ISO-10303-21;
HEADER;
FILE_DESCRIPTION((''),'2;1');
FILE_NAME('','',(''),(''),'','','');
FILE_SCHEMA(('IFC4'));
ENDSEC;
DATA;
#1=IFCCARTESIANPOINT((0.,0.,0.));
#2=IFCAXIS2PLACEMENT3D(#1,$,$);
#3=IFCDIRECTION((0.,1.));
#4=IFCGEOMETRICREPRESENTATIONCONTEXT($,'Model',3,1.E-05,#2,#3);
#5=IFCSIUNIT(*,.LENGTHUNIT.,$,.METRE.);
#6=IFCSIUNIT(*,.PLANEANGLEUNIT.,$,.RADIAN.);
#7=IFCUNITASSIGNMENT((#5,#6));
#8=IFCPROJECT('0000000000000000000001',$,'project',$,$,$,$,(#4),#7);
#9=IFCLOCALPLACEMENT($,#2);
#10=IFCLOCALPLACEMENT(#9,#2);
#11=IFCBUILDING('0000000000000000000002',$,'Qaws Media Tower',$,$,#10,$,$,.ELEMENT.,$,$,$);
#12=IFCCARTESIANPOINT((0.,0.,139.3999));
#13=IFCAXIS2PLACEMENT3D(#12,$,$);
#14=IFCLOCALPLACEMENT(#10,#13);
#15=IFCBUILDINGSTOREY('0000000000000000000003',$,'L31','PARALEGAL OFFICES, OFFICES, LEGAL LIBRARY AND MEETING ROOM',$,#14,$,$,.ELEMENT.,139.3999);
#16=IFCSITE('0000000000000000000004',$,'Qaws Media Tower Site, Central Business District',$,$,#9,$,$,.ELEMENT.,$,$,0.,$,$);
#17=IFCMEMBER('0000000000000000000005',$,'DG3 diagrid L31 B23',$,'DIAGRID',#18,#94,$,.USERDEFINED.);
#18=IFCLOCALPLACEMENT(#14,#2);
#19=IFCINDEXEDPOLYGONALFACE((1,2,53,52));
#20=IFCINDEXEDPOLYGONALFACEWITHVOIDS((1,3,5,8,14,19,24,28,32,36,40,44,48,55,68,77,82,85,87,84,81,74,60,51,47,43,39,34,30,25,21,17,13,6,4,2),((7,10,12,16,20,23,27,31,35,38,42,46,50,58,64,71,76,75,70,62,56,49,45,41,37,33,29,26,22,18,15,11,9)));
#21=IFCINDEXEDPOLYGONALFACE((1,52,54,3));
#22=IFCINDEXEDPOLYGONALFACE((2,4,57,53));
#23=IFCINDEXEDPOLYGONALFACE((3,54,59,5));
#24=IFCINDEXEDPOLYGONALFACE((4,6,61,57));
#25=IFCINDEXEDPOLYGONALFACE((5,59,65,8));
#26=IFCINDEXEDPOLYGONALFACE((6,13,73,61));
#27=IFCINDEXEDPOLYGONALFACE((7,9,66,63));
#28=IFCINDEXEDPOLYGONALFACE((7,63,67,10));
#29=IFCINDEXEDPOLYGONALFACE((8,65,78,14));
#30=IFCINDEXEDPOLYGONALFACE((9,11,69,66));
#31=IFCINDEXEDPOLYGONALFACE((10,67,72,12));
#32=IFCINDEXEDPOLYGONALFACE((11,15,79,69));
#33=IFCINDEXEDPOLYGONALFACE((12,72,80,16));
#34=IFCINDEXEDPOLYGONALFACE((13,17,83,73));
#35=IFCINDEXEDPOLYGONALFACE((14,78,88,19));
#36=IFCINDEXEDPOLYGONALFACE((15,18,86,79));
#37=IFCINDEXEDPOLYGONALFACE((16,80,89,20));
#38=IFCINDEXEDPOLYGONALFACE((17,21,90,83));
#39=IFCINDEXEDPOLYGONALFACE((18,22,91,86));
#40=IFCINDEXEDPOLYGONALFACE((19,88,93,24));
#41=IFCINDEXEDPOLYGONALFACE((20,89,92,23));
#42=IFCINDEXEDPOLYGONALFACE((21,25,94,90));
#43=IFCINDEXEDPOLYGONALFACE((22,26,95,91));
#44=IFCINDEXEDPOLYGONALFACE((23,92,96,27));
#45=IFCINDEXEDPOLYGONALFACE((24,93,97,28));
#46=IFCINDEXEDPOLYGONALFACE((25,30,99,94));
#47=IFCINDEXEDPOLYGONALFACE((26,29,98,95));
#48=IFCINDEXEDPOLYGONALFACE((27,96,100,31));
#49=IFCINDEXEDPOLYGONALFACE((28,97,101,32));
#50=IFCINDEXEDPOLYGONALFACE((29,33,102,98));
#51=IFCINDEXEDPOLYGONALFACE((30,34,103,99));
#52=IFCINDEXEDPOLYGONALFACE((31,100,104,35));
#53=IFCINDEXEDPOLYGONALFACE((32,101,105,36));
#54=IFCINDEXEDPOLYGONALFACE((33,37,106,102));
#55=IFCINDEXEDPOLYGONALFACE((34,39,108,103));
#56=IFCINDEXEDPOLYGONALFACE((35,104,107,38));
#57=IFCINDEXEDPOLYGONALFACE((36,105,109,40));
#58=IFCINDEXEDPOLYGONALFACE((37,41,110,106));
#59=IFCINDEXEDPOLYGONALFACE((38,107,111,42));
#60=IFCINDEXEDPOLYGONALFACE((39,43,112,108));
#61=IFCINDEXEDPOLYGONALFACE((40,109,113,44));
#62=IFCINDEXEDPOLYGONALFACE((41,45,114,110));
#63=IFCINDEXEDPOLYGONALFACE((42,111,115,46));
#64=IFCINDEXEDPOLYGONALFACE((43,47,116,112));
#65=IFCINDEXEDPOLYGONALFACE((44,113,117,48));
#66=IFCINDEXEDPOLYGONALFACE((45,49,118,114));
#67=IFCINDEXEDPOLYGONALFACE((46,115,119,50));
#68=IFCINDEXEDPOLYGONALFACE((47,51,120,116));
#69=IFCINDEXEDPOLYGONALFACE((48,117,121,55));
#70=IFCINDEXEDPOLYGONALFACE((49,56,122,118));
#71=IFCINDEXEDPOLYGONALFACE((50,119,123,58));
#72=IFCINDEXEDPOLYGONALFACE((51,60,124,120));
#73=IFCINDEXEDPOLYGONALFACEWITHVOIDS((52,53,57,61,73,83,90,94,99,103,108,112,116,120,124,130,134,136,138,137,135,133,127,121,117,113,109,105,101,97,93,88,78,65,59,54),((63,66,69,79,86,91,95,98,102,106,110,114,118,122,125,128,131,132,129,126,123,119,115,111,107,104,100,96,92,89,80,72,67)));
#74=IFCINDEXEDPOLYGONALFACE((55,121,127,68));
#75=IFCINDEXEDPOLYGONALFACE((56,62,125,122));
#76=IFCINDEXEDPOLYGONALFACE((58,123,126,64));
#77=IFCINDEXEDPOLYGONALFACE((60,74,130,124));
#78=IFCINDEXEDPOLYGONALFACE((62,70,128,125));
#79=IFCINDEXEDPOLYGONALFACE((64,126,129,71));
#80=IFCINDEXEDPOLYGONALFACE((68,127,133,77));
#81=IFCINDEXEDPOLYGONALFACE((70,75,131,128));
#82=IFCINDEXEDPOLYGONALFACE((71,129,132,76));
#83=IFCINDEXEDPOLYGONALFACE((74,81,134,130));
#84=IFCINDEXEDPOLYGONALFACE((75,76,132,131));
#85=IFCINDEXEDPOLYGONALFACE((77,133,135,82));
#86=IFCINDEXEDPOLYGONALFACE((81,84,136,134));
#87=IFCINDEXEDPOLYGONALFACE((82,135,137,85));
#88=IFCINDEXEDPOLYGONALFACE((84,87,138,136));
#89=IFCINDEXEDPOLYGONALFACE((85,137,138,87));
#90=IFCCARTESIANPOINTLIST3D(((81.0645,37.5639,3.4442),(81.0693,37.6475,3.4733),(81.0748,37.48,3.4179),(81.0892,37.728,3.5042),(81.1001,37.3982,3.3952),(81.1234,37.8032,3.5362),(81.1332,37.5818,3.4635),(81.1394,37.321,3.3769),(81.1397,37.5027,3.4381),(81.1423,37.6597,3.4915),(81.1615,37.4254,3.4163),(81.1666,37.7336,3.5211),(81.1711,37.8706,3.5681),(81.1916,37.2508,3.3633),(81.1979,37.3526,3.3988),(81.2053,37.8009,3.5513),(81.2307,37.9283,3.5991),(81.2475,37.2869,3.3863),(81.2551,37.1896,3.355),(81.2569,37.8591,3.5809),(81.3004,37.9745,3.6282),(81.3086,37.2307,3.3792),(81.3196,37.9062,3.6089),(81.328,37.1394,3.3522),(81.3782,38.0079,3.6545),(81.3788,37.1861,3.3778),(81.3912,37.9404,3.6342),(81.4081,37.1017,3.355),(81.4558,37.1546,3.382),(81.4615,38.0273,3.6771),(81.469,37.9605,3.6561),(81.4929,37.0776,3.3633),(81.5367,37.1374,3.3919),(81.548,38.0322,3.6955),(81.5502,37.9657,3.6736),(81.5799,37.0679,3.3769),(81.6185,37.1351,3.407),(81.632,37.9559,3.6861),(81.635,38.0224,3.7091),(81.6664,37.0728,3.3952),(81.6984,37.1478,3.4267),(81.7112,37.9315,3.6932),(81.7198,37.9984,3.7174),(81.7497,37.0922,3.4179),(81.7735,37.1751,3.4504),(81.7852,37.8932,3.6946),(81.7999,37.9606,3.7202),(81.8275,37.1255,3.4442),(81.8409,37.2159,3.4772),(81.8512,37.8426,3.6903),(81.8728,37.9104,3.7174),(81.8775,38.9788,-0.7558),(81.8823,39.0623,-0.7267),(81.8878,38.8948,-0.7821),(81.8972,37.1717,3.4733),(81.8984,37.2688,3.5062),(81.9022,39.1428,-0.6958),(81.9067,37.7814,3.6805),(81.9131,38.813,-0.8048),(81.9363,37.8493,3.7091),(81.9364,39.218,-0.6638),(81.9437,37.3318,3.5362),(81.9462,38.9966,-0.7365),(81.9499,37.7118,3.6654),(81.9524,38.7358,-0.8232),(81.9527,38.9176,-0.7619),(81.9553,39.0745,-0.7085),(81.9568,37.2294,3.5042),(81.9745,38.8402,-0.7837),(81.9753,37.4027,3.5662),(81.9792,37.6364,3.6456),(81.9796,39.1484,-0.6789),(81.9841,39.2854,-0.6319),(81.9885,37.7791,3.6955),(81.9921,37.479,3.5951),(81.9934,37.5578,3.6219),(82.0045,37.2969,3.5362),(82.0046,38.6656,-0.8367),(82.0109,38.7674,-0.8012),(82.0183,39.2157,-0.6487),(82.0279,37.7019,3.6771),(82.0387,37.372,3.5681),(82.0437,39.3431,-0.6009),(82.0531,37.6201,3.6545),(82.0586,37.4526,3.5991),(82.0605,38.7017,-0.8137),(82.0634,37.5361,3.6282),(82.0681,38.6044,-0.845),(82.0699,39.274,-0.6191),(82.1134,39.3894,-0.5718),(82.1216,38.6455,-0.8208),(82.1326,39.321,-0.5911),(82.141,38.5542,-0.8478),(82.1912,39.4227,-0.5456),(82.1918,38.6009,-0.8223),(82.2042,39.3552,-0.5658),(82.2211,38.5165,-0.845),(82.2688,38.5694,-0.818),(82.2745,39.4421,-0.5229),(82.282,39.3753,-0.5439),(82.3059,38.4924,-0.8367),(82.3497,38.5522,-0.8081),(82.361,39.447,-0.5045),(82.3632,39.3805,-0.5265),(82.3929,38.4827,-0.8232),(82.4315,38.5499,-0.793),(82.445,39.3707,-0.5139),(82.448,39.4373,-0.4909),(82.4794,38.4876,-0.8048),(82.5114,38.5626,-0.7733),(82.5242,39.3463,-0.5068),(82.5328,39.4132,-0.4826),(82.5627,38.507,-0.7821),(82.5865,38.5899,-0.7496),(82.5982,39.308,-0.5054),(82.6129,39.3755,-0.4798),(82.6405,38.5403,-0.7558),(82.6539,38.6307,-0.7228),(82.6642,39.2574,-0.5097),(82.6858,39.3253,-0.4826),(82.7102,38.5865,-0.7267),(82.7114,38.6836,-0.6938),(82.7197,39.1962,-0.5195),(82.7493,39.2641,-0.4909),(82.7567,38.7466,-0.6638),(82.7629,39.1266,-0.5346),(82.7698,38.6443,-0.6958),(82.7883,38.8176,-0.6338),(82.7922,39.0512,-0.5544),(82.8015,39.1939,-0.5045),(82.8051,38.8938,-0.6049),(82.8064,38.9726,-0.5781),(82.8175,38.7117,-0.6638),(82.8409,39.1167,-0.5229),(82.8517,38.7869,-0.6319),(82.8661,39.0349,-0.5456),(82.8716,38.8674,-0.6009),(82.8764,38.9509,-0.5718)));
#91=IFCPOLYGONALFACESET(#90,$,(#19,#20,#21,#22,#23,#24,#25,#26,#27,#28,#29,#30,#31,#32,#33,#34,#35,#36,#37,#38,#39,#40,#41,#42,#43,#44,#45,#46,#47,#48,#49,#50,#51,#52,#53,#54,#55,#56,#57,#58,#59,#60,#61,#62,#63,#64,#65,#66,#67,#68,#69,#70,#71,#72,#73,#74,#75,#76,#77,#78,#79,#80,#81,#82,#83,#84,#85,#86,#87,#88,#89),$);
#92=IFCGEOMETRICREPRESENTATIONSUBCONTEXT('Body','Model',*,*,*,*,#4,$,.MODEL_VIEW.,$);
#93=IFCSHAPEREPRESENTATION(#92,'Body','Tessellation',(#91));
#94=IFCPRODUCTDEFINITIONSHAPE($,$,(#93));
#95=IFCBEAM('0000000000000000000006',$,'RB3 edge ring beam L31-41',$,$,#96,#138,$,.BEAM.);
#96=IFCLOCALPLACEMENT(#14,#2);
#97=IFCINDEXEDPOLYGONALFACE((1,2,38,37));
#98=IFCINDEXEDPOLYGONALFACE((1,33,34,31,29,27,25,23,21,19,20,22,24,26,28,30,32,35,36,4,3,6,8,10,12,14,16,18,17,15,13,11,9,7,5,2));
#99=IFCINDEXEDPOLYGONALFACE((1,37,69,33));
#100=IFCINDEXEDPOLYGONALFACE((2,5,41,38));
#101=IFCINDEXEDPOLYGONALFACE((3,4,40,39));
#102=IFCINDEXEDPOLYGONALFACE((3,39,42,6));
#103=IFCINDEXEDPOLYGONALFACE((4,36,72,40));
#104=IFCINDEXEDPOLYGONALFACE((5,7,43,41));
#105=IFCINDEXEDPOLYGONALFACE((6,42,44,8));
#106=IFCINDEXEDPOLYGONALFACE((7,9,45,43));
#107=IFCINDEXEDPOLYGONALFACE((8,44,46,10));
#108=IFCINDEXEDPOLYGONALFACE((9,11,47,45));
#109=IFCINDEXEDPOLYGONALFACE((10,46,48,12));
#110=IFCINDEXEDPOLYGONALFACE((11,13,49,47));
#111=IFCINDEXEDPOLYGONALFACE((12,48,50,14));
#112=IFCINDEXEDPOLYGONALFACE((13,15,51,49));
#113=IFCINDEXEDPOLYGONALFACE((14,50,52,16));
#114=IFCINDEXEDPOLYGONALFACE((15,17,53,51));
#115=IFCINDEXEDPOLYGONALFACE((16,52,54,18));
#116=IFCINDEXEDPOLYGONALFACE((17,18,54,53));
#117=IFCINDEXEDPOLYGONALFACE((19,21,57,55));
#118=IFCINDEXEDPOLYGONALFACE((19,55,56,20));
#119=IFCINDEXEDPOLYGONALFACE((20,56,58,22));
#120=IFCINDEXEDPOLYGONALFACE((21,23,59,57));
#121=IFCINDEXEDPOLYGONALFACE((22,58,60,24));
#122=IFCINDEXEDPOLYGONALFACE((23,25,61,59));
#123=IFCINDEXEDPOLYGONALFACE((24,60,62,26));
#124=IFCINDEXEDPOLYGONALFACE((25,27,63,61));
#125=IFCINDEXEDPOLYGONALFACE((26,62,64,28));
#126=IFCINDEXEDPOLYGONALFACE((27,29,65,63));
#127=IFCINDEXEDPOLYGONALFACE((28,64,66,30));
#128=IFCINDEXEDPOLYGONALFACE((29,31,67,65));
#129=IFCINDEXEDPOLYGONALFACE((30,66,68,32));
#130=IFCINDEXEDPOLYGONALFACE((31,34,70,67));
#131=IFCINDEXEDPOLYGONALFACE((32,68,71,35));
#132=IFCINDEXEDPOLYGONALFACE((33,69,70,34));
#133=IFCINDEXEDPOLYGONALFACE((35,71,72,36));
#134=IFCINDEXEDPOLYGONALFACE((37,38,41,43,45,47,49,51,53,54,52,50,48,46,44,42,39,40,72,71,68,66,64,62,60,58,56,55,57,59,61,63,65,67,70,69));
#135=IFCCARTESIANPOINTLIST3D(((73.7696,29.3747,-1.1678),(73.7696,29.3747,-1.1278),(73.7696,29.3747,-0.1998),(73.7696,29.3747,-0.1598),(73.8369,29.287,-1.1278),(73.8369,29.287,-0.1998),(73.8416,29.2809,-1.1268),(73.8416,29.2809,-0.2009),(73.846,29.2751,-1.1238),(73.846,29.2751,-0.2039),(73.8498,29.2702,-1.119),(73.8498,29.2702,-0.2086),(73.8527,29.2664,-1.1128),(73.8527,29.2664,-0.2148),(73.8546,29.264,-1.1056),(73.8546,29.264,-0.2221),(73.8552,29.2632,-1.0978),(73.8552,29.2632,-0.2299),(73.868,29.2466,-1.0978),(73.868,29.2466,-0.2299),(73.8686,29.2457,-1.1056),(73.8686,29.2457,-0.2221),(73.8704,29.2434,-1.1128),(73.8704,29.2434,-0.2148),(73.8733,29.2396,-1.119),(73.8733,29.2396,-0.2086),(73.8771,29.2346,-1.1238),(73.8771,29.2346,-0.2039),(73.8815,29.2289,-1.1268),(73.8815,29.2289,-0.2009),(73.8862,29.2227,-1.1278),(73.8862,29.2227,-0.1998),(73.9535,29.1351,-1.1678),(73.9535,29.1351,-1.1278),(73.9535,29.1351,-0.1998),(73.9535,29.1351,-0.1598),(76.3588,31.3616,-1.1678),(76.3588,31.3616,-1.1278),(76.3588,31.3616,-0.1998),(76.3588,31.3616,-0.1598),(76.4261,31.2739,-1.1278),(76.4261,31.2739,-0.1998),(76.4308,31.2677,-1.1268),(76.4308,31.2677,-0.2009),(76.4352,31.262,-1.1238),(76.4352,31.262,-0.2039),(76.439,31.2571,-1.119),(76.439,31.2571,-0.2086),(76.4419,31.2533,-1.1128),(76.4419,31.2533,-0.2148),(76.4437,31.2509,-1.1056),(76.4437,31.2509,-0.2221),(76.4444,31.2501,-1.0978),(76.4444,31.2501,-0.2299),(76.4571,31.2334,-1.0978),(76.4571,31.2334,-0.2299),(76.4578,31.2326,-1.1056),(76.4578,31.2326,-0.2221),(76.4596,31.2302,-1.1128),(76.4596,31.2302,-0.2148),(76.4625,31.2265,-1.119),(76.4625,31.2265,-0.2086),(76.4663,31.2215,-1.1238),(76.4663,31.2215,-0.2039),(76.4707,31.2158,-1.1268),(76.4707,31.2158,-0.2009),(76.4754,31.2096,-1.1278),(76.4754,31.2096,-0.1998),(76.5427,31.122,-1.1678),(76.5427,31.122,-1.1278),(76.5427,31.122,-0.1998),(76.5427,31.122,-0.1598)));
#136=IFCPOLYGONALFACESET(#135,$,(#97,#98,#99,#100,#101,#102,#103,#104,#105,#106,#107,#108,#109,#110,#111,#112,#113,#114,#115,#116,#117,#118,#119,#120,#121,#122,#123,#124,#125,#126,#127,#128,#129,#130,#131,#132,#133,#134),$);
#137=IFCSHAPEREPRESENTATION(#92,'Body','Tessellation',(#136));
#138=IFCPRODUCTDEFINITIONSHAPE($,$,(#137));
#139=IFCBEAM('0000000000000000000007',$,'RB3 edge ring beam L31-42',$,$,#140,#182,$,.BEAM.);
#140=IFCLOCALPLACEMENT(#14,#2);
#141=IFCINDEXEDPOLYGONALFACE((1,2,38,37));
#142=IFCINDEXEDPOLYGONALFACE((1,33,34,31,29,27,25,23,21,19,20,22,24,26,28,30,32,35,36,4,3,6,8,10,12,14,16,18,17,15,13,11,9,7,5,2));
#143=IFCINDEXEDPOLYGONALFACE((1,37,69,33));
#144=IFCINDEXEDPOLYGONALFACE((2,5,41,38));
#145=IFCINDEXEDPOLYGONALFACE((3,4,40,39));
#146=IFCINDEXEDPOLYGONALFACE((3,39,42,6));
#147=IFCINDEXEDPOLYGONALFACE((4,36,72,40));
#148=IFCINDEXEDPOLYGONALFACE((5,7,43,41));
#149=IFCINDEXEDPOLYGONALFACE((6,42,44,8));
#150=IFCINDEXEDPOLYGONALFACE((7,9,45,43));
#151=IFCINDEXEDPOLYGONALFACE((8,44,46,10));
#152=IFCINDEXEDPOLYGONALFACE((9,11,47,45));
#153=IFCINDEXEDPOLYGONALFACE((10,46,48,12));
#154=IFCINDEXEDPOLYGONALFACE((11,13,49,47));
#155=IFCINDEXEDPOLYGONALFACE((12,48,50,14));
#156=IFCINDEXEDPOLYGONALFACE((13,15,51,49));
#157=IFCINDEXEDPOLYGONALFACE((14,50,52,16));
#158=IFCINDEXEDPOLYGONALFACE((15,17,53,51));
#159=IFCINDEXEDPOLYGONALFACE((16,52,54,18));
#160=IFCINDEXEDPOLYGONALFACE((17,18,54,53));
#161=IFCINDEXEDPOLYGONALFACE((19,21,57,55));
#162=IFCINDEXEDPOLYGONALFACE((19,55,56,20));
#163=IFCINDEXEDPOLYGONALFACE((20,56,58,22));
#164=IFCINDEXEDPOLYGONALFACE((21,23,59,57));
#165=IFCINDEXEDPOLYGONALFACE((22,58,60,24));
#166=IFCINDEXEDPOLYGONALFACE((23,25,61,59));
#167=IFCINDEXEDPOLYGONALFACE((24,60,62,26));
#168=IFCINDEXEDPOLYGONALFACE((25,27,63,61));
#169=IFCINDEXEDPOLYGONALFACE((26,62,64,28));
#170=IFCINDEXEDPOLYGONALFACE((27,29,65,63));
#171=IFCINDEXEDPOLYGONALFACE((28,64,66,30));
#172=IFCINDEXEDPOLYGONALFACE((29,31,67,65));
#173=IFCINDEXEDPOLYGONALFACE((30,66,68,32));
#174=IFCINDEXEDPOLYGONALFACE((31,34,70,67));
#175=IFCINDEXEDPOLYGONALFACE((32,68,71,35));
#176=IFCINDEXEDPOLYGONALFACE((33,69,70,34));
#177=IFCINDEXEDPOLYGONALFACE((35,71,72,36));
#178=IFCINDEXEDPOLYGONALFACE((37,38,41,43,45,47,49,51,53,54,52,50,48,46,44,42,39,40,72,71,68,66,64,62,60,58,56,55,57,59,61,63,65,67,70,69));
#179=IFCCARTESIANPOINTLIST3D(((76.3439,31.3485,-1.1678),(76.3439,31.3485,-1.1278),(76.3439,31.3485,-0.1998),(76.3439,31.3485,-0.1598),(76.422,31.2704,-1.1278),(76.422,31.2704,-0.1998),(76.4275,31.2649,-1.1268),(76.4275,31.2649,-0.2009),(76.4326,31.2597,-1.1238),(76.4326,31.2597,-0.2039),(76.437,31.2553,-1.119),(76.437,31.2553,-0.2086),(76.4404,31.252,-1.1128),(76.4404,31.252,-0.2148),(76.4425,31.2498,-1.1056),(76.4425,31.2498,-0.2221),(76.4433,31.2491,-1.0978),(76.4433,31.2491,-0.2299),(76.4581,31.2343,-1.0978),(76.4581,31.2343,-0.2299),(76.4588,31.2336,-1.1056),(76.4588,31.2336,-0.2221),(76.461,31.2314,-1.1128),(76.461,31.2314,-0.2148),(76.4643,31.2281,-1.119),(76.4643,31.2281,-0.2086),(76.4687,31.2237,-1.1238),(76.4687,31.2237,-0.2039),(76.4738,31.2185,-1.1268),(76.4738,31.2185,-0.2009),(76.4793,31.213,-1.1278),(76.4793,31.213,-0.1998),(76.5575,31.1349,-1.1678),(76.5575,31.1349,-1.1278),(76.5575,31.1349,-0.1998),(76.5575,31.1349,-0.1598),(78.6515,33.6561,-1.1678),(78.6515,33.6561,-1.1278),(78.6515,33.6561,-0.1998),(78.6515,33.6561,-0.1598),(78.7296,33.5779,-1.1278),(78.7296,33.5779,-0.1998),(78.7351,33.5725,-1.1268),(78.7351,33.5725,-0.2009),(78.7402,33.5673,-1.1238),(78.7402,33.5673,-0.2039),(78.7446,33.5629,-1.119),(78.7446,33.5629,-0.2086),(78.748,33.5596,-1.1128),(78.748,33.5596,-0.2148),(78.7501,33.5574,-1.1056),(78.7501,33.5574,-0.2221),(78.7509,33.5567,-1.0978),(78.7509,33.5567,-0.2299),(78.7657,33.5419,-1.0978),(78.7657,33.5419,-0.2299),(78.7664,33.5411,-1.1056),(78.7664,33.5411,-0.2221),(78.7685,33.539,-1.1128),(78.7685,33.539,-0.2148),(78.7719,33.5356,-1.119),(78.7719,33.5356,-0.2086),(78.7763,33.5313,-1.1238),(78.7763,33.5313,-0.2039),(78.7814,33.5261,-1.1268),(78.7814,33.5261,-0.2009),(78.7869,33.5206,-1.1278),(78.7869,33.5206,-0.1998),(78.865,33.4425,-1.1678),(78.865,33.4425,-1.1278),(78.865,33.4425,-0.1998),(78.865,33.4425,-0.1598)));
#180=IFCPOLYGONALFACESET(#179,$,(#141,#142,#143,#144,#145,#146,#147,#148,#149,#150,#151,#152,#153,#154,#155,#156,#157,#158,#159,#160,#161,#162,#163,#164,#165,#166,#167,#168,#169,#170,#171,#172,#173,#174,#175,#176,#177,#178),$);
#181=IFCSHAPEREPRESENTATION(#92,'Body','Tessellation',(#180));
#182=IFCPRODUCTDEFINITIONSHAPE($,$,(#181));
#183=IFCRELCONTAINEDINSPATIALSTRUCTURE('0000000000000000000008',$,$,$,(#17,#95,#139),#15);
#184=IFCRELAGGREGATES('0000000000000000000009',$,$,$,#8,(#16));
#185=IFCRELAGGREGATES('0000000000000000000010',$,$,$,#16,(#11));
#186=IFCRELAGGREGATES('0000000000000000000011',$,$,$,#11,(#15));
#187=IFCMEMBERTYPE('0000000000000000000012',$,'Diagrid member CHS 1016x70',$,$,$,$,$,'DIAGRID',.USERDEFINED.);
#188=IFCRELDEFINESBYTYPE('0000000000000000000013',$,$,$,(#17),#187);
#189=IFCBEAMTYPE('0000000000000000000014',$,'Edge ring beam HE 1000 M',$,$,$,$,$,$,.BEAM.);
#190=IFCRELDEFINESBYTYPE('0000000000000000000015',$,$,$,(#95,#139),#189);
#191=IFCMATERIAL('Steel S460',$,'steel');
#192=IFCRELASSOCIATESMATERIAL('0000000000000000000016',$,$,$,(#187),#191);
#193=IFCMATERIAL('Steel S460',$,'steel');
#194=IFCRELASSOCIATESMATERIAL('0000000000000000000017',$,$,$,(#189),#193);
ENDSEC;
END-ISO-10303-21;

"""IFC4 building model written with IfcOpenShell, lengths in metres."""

from ifc_helpers import new_model, si_unit, direction, frame, origin, origin_2d, place, context, subcontext, project, spatial, hollow_circle, i_section, extrude, material, material_profile, profile_set, type_object, element, save


model = new_model("IFC4")

# Units and contexts
model_context = context("Model", 3, precision=1e-05, world=origin(), true_north=direction((0.0, 1.0)))
body_context = subcontext(model_context, "Body", "Model", "MODEL_VIEW")
ifc_project = project(units=[si_unit("LENGTHUNIT", "METRE"), si_unit("PLANEANGLEUNIT", "RADIAN")], contexts=[model_context])

# Site, building, storey
site_placement = place(None, origin())
site = spatial("IfcSite", under=ifc_project, at=site_placement, Name="Qaws Media Tower Site, Central Business District", CompositionType="ELEMENT", RefElevation=0.0)
building_placement = place(site_placement, origin())
building = spatial("IfcBuilding", under=site, at=building_placement, Name="Qaws Media Tower", CompositionType="ELEMENT")
storey_placement = place(building_placement, frame((0.0, 0.0, 139.3999)))
storey = spatial("IfcBuildingStorey", under=building, at=storey_placement, Name="L31", Description="PARALEGAL OFFICES, OFFICES, LEGAL LIBRARY AND MEETING ROOM", CompositionType="ELEMENT", Elevation=139.3999)

# Member
ifc_material_1 = material(Name="Steel S460", Category="steel")
ifc_material_profile_1 = material_profile(ifc_material_1, hollow_circle(Radius=0.5081, WallThickness=0.0701, at=origin_2d()), Name="CHS 1016x70")
ifc_profile_set_1 = profile_set([ifc_material_profile_1], Name="Steel S460")
member_type_1 = type_object("IfcMemberType", Name="Diagrid member CHS 1016x70", ElementType="DIAGRID", PredefinedType="USERDEFINED", material=ifc_profile_set_1)
for number, where, z_axis, x_axis, name in (
    (1, (82.377, 38.9648, -0.6638), (-0.180432, -0.313995, 0.932122), (0.867044, -0.498232, 0.0), "DG3 diagrid L31 B23"),
):
    element("IfcMember", number, at=place(storey_placement, frame(where, z_axis=z_axis, x_axis=x_axis)), inside=storey, type_object=member_type_1, Name=name, ObjectType="DIAGRID", PredefinedType="USERDEFINED", context=body_context, shape_type="SweptSolid", body=[
        extrude(hollow_circle(Radius=0.5081, WallThickness=0.0701, at=origin_2d()), origin(), (0.0, 0.0, 1.0), 4.5059),
    ])

# Beams
ifc_material_2 = material(Name="Steel S460", Category="steel")
ifc_material_profile_2 = material_profile(ifc_material_2, i_section(OverallWidth=0.302, OverallDepth=1.0081, WebThickness=0.021, FlangeThickness=0.04, FilletRadius=0.03, at=origin_2d()), Name="HE 1000 M")
ifc_profile_set_2 = profile_set([ifc_material_profile_2], Name="Steel S460")
beam_type = type_object("IfcBeamType", Name="Edge ring beam HE 1000 M", PredefinedType="BEAM", material=ifc_profile_set_2)
beam_1_placement = place(storey_placement, frame((73.8616, 29.2549, -0.6638), z_axis=(0.793335, 0.608785, 0.0), x_axis=(-0.608785, 0.793335, 0.0)))
element("IfcBeam", 2, at=beam_1_placement, inside=storey, type_object=beam_type, Name="RB3 edge ring beam L31-41", PredefinedType="BEAM", context=body_context, shape_type="SweptSolid", body=[
    extrude(i_section(OverallWidth=0.302, OverallDepth=1.0081, WebThickness=0.021, FlangeThickness=0.04, FilletRadius=0.03, at=origin_2d()), origin(), (0.0, 0.0, 1.0), 3.2637),
])
beam_2_placement = place(storey_placement, frame((76.4507, 31.2417, -0.6638), z_axis=(0.707107, 0.707107, 0.0), x_axis=(-0.707107, 0.707107, 0.0)))
element("IfcBeam", 3, at=beam_2_placement, inside=storey, type_object=beam_type, Name="RB3 edge ring beam L31-42", PredefinedType="BEAM", context=body_context, shape_type="SweptSolid", body=[
    extrude(i_section(OverallWidth=0.302, OverallDepth=1.0081, WebThickness=0.021, FlangeThickness=0.04, FilletRadius=0.03, at=origin_2d()), origin(), (0.0, 0.0, 1.0), 3.2634),
])

save(model, "model.ifc")
